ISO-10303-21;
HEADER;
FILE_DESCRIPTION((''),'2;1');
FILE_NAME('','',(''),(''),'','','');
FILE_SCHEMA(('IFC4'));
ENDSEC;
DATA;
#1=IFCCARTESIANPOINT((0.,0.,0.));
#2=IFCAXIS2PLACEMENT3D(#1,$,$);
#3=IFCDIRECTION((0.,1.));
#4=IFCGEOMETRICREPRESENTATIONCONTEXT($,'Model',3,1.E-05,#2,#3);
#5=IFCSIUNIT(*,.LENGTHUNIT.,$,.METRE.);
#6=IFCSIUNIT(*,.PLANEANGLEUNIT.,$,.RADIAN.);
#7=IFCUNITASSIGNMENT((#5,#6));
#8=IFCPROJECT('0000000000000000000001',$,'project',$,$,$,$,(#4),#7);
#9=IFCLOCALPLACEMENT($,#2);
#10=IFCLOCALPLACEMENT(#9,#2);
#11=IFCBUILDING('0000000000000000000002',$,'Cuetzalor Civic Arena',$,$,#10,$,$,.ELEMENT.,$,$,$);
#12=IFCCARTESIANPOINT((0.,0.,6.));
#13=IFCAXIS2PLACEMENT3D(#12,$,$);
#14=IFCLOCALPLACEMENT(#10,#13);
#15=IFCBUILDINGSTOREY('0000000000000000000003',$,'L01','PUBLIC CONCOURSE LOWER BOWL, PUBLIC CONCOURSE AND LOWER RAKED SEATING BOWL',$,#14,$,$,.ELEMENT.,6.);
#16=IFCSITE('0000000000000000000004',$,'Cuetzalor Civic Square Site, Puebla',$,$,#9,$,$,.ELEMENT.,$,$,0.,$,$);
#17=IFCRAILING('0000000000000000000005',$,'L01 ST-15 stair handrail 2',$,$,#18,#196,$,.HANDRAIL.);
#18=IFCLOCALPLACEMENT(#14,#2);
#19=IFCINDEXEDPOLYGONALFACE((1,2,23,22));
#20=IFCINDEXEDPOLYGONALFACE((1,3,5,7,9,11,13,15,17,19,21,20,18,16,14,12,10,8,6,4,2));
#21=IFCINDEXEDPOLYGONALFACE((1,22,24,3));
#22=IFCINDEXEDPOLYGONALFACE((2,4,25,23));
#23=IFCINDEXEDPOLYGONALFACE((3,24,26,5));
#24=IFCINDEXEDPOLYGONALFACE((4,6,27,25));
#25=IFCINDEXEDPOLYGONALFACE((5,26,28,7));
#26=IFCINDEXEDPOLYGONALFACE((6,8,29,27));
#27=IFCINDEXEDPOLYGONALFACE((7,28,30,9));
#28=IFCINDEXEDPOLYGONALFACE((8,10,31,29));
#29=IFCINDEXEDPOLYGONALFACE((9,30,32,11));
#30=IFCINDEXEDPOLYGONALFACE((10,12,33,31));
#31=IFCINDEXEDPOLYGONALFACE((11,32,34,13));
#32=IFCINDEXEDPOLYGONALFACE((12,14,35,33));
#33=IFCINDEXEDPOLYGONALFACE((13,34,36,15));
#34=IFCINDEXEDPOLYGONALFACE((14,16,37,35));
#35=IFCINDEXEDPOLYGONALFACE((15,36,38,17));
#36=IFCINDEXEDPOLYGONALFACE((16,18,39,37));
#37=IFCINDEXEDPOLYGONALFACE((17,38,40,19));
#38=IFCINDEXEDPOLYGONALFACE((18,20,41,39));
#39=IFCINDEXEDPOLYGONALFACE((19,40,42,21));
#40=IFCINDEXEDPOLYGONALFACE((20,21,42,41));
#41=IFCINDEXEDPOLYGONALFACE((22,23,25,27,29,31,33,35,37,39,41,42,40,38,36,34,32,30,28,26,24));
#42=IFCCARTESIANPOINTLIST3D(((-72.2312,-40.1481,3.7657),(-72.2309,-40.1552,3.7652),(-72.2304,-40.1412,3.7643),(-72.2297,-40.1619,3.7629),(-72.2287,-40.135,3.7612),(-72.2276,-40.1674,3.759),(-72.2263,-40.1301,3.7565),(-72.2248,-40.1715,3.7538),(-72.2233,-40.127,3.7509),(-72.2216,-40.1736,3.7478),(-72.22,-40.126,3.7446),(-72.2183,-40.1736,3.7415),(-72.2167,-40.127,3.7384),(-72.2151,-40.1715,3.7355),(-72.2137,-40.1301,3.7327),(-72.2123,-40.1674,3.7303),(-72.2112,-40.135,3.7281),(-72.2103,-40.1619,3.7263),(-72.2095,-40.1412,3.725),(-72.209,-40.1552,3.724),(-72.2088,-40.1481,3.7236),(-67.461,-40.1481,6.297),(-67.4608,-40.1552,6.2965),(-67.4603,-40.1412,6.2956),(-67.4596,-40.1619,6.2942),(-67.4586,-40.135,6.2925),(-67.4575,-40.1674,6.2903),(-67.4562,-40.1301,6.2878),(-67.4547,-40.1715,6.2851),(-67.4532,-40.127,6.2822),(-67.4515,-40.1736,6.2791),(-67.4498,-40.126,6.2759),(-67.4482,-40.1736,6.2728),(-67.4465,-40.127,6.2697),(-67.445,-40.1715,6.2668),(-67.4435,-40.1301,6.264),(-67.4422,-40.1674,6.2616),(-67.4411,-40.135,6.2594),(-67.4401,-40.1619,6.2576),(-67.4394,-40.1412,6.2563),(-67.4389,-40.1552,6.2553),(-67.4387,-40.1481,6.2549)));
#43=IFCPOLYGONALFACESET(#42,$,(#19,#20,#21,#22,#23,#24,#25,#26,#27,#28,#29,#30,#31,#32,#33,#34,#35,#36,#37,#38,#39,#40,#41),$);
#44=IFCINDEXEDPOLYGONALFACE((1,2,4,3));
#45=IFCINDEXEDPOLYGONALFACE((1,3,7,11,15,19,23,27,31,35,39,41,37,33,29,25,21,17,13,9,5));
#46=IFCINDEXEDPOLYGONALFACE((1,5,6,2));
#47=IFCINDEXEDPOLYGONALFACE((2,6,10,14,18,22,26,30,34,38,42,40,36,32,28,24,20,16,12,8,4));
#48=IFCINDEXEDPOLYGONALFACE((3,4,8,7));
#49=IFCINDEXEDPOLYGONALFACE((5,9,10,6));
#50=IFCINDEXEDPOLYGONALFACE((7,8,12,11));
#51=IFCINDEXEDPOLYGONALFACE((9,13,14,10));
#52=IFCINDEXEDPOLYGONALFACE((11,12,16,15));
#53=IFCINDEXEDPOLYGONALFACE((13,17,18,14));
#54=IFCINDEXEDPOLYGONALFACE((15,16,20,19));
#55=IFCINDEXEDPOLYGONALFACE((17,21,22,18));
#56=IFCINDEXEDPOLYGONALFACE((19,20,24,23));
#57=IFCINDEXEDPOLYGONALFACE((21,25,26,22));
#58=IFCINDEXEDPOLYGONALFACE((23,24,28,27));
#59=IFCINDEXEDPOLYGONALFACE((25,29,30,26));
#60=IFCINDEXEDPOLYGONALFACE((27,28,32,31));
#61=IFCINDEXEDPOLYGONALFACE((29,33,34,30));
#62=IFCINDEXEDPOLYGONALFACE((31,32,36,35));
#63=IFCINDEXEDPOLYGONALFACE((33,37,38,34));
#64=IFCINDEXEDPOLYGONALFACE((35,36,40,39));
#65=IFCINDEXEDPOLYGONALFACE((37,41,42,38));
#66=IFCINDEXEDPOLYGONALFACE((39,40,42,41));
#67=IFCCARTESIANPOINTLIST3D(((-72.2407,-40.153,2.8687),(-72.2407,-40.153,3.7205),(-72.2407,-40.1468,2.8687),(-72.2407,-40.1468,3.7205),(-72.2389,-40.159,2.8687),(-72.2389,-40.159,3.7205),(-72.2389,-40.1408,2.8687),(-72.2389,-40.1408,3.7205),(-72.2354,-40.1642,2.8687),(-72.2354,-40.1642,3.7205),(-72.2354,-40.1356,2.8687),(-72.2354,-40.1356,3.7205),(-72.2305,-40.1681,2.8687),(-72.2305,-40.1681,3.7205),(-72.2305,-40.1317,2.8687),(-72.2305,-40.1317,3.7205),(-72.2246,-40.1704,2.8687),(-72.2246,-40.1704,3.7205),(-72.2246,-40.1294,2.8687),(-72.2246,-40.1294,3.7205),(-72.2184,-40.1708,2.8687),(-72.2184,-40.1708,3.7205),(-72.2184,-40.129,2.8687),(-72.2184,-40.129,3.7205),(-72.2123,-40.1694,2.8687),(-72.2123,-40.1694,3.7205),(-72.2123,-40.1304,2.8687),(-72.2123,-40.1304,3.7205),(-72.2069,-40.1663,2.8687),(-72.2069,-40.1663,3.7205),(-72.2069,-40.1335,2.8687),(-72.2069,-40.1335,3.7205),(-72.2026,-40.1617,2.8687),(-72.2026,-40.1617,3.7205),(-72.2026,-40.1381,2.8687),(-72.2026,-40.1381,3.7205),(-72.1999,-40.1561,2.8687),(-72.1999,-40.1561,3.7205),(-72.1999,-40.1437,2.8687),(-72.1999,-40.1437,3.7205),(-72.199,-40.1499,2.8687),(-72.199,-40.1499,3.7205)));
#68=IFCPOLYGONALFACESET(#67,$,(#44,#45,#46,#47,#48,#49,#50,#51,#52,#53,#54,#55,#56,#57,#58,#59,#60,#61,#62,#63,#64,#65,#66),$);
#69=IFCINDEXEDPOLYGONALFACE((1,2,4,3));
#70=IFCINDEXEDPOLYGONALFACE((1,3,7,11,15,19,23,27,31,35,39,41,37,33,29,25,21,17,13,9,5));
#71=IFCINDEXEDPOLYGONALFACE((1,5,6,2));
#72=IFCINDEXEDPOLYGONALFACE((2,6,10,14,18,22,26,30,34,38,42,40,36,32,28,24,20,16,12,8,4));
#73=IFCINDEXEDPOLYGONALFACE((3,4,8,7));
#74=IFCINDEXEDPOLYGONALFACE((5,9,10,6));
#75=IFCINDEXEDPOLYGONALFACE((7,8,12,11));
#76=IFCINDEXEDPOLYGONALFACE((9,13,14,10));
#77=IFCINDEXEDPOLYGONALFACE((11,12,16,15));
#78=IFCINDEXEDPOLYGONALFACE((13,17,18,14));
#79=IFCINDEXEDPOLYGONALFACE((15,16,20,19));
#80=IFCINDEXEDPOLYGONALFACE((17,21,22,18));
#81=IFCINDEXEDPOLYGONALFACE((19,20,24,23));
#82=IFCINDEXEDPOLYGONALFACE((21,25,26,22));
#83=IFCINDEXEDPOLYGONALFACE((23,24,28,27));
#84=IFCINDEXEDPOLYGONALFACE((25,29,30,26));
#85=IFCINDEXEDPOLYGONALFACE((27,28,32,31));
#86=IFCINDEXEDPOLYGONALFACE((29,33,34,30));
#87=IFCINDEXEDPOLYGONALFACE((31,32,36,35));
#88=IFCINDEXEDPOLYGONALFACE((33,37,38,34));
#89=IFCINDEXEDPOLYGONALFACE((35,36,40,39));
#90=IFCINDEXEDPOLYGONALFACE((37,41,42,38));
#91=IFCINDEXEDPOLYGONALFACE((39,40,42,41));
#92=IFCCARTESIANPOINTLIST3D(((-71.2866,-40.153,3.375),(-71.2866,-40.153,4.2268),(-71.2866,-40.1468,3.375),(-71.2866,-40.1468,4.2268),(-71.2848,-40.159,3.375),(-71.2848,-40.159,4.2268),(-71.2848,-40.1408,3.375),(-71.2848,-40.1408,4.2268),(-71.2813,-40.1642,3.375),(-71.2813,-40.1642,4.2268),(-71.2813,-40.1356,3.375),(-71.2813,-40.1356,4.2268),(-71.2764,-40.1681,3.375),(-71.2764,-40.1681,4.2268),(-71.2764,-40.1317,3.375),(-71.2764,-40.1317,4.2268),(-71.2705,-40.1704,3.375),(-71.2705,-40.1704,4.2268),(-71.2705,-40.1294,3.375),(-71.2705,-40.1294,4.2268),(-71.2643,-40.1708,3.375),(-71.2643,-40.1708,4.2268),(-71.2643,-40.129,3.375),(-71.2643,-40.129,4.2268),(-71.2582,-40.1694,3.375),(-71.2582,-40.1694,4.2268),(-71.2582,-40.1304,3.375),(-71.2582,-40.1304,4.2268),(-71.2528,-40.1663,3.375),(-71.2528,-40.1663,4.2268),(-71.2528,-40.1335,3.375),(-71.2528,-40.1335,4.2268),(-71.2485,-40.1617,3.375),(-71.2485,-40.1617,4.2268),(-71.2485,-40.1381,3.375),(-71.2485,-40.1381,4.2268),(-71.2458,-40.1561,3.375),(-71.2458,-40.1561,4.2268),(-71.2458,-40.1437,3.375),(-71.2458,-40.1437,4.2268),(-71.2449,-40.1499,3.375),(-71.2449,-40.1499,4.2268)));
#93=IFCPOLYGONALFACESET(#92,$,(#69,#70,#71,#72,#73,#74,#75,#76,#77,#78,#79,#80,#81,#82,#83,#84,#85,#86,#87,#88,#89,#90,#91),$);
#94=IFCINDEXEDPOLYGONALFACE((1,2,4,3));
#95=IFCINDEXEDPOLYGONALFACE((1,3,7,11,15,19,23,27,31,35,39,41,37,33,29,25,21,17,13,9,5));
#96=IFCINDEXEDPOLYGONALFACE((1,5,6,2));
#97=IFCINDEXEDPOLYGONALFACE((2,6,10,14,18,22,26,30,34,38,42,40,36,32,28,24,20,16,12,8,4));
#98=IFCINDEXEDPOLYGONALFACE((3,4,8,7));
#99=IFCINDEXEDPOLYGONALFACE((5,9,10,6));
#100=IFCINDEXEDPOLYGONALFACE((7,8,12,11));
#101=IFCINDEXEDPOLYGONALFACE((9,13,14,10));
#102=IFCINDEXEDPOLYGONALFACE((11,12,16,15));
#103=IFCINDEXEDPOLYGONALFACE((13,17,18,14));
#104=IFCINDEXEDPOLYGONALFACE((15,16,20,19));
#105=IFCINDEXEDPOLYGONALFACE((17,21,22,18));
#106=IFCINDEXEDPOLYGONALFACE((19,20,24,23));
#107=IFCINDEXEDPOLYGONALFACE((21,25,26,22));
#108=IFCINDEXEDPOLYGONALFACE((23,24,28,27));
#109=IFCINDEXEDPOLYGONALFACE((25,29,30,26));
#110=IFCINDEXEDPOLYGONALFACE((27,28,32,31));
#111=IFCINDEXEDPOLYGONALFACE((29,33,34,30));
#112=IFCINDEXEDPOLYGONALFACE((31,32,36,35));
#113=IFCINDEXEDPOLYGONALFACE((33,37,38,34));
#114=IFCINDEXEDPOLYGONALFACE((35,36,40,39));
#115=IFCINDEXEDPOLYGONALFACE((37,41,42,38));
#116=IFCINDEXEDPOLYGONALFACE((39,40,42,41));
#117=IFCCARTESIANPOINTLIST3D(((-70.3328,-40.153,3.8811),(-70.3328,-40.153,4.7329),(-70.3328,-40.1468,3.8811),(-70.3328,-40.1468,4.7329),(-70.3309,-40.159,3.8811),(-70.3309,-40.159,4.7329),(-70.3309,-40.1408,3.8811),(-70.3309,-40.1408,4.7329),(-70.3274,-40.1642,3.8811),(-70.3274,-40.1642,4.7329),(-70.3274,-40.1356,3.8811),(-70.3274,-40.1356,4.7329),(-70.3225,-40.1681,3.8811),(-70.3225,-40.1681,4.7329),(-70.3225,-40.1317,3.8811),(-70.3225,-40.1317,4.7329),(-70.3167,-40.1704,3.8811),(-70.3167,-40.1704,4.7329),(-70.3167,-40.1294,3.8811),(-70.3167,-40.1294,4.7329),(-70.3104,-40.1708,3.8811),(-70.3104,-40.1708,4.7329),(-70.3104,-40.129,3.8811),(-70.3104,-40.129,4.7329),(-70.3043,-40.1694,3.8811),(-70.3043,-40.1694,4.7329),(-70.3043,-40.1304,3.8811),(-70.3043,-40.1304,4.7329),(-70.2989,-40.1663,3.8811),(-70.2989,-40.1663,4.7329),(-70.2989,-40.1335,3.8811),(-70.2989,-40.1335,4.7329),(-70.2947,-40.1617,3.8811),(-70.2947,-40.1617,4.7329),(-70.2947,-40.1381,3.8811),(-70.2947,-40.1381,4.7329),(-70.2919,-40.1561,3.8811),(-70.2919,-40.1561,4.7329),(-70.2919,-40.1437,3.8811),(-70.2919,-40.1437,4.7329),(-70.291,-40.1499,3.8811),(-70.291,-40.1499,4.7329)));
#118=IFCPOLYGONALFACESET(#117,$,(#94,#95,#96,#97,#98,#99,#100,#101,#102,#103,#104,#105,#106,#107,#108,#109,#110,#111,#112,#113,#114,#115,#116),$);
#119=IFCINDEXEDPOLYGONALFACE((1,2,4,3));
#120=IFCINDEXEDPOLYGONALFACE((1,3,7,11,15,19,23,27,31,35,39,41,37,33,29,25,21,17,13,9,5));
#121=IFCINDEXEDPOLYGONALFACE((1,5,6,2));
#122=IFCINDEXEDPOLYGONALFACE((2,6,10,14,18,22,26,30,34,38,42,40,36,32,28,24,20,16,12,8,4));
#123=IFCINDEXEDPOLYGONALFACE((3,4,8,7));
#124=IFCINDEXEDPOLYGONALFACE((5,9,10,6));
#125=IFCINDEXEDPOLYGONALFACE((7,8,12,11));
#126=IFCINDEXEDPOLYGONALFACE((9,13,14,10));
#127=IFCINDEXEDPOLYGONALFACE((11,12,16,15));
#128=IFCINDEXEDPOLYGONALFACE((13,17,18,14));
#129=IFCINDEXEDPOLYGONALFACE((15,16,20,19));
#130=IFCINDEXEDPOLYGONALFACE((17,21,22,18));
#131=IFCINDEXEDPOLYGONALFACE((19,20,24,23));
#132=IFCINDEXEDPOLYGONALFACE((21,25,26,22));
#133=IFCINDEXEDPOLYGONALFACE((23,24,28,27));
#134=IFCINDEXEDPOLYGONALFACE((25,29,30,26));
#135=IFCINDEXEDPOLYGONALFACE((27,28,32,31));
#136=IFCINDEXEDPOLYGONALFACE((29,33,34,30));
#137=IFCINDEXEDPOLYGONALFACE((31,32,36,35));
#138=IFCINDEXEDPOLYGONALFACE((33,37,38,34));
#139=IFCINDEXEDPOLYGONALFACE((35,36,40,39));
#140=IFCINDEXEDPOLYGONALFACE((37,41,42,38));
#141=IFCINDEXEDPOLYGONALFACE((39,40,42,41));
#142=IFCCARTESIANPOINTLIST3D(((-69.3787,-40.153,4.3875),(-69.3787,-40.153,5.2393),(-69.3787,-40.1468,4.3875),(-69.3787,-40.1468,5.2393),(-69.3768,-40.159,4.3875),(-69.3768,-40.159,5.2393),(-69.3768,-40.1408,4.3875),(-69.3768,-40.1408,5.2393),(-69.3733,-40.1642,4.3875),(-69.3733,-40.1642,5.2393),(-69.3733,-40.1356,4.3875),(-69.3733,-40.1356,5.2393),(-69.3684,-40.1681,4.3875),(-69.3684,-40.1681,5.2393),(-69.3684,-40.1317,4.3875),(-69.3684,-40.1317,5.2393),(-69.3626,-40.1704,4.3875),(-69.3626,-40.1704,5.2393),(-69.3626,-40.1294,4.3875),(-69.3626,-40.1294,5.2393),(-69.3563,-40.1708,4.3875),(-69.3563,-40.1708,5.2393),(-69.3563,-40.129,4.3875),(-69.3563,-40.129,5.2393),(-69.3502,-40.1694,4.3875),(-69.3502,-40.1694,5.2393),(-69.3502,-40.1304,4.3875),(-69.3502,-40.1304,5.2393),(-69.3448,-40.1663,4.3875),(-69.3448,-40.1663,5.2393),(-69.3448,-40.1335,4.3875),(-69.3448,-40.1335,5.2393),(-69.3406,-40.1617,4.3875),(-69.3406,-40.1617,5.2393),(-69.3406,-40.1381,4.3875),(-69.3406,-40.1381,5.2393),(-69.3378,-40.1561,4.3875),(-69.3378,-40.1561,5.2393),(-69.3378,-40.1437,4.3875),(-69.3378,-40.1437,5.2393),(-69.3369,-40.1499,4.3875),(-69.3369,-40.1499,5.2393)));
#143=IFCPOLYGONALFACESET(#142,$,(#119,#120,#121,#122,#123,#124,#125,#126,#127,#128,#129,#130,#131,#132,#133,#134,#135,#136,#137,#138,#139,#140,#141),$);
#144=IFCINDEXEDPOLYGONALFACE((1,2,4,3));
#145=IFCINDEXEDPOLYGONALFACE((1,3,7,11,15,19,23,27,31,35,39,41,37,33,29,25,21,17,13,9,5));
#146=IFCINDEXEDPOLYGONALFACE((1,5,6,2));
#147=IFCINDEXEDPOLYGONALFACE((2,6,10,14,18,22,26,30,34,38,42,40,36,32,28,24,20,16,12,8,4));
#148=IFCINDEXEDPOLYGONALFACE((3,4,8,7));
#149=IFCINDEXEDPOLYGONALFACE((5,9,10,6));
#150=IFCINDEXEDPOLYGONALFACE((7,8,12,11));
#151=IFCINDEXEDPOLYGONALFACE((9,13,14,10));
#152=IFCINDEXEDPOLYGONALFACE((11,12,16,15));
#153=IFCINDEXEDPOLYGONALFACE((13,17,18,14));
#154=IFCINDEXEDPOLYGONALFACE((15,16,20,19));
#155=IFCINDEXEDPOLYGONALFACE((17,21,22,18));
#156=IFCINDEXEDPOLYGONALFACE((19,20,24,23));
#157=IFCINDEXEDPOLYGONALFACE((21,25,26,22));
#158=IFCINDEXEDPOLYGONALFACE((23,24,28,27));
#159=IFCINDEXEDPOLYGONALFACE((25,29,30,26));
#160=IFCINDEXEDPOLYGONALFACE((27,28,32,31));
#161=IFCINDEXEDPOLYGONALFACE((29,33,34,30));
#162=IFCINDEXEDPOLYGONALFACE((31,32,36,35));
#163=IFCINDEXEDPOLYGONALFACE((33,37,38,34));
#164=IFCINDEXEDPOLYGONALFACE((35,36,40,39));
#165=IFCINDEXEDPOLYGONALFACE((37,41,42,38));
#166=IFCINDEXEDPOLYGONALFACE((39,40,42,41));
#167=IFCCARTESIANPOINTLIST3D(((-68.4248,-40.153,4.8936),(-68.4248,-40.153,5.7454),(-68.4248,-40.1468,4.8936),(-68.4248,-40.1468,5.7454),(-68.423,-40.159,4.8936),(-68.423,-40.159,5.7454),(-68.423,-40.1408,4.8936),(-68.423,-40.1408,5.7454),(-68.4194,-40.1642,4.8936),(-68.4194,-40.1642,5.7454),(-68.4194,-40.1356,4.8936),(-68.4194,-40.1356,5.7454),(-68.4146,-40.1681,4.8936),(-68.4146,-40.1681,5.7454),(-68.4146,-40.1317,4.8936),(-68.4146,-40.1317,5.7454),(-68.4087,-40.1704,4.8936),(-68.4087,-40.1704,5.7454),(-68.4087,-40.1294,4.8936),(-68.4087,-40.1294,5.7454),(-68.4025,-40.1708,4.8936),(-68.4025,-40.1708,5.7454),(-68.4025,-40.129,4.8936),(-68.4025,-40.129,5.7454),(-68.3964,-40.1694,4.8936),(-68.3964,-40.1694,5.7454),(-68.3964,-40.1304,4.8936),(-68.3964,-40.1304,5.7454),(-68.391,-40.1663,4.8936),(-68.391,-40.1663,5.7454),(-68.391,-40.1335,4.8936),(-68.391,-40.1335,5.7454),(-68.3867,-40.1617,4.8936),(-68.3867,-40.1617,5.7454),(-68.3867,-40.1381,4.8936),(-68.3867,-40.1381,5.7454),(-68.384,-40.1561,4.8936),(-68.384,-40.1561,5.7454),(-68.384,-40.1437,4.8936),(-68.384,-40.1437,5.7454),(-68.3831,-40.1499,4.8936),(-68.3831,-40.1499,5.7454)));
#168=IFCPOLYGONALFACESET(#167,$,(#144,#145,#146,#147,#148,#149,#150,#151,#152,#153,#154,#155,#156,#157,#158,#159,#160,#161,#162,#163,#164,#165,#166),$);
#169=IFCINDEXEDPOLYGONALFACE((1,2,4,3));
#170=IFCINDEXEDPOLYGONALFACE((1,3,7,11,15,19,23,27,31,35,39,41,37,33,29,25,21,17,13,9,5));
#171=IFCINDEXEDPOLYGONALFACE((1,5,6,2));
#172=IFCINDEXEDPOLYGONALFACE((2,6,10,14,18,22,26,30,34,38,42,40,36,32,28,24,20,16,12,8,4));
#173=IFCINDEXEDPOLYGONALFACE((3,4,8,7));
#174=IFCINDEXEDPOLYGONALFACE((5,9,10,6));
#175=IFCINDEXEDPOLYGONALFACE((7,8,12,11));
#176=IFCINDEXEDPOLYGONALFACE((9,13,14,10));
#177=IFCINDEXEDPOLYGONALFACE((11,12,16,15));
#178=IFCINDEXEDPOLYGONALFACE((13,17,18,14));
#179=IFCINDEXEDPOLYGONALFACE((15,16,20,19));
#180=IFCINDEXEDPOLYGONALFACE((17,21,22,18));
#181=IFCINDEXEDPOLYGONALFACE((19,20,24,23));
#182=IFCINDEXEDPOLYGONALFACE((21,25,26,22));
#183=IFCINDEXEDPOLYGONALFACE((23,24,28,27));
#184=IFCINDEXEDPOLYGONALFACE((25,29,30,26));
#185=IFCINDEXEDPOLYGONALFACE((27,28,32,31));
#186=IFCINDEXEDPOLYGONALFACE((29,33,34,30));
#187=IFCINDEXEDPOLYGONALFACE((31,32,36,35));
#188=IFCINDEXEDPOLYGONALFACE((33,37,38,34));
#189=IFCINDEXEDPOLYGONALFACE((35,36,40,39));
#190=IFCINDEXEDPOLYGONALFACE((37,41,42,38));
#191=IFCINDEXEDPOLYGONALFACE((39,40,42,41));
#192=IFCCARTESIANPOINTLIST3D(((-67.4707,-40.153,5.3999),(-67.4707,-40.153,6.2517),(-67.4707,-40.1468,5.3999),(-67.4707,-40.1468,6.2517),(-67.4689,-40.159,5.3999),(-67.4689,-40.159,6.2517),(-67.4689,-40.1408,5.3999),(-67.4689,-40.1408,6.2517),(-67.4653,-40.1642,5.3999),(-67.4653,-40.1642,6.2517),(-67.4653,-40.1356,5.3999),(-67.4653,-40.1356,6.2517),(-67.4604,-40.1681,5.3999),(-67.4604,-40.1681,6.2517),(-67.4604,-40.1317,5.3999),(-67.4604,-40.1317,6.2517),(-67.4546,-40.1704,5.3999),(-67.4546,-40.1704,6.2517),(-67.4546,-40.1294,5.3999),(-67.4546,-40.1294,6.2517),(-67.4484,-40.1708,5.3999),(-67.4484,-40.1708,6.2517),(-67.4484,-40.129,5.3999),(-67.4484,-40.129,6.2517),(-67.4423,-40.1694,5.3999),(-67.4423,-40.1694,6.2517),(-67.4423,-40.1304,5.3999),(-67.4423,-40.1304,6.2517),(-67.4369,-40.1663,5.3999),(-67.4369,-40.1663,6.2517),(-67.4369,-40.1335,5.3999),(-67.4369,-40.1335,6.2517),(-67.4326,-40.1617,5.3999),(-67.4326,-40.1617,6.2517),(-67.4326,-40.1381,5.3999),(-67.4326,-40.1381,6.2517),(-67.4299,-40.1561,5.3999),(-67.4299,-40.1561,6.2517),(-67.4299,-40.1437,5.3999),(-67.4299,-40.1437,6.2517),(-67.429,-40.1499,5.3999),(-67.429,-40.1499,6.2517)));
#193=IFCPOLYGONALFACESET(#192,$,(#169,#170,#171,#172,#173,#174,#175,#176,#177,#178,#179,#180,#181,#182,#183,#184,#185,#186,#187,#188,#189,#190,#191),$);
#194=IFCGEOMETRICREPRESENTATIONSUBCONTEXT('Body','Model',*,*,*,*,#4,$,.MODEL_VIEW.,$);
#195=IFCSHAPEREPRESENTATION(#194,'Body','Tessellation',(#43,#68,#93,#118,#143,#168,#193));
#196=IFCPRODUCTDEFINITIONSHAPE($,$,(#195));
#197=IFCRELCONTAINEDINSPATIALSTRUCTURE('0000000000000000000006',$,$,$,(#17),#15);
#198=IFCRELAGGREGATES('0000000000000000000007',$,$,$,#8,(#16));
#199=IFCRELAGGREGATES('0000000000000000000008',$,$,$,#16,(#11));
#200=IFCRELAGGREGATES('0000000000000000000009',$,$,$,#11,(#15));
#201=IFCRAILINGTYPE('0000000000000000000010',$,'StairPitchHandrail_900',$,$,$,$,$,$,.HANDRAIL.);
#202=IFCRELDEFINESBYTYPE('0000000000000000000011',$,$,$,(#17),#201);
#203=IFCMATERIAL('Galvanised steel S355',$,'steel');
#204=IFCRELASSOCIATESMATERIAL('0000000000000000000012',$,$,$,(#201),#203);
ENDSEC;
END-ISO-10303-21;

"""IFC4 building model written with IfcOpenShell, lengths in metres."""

from ifc_helpers import new_model, si_unit, direction, frame, origin, origin_2d, place, context, subcontext, project, spatial, circle, extrude, material, type_object, element, save


model = new_model("IFC4")

# Units and contexts
model_context = context("Model", 3, precision=1e-05, world=origin(), true_north=direction((0.0, 1.0)))
body_context = subcontext(model_context, "Body", "Model", "MODEL_VIEW")
ifc_project = project(units=[si_unit("LENGTHUNIT", "METRE"), si_unit("PLANEANGLEUNIT", "RADIAN")], contexts=[model_context])

# Site, building, storey
site_placement = place(None, origin())
site = spatial("IfcSite", under=ifc_project, at=site_placement, Name="Cuetzalor Civic Square Site, Puebla", CompositionType="ELEMENT", RefElevation=0.0)
building_placement = place(site_placement, origin())
building = spatial("IfcBuilding", under=site, at=building_placement, Name="Cuetzalor Civic Arena", CompositionType="ELEMENT")
storey_placement = place(building_placement, frame((0.0, 0.0, 6.0)))
storey = spatial("IfcBuildingStorey", under=building, at=storey_placement, Name="L01", Description="PUBLIC CONCOURSE LOWER BOWL, PUBLIC CONCOURSE AND LOWER RAKED SEATING BOWL", CompositionType="ELEMENT", Elevation=6.0)

# Railing
ifc_material_1 = material(Name="Galvanised steel S355", Category="steel")
railing_type_1 = type_object("IfcRailingType", Name="StairPitchHandrail_900", PredefinedType="HANDRAIL", material=ifc_material_1)
for number, where, name in (
    (1, (-72.22, -40.1499, 2.8687), "L01 ST-15 stair handrail 2"),
):
    element("IfcRailing", number, at=place(storey_placement, frame(where)), inside=storey, type_object=railing_type_1, Name=name, PredefinedType="HANDRAIL", context=body_context, shape_type="SweptSolid", body=[
        extrude(circle(Radius=0.0239, at=origin_2d()), frame((0.0, 0.0, 0.876), z_axis=(0.883332, 0.0, 0.468747), x_axis=(0.0, 1.0, 0.0)), (0.0, 0.0, 1.0), 5.4001),
        extrude(circle(Radius=0.021, at=origin_2d()), origin(), (0.0, 0.0, 1.0), 0.8518),
        extrude(circle(Radius=0.021, at=origin_2d()), frame((0.9541, 0.0, 0.5063)), (0.0, 0.0, 1.0), 0.8518),
        extrude(circle(Radius=0.021, at=origin_2d()), frame((1.908, 0.0, 1.0125)), (0.0, 0.0, 1.0), 0.8518),
        extrude(circle(Radius=0.021, at=origin_2d()), frame((2.8621, 0.0, 1.5188)), (0.0, 0.0, 1.0), 0.8518),
        extrude(circle(Radius=0.021, at=origin_2d()), frame((3.8159, 0.0, 2.0249)), (0.0, 0.0, 1.0), 0.8518),
        extrude(circle(Radius=0.021, at=origin_2d()), frame((4.77, 0.0, 2.5312)), (0.0, 0.0, 1.0), 0.8518),
    ])

save(model, "model.ifc")
